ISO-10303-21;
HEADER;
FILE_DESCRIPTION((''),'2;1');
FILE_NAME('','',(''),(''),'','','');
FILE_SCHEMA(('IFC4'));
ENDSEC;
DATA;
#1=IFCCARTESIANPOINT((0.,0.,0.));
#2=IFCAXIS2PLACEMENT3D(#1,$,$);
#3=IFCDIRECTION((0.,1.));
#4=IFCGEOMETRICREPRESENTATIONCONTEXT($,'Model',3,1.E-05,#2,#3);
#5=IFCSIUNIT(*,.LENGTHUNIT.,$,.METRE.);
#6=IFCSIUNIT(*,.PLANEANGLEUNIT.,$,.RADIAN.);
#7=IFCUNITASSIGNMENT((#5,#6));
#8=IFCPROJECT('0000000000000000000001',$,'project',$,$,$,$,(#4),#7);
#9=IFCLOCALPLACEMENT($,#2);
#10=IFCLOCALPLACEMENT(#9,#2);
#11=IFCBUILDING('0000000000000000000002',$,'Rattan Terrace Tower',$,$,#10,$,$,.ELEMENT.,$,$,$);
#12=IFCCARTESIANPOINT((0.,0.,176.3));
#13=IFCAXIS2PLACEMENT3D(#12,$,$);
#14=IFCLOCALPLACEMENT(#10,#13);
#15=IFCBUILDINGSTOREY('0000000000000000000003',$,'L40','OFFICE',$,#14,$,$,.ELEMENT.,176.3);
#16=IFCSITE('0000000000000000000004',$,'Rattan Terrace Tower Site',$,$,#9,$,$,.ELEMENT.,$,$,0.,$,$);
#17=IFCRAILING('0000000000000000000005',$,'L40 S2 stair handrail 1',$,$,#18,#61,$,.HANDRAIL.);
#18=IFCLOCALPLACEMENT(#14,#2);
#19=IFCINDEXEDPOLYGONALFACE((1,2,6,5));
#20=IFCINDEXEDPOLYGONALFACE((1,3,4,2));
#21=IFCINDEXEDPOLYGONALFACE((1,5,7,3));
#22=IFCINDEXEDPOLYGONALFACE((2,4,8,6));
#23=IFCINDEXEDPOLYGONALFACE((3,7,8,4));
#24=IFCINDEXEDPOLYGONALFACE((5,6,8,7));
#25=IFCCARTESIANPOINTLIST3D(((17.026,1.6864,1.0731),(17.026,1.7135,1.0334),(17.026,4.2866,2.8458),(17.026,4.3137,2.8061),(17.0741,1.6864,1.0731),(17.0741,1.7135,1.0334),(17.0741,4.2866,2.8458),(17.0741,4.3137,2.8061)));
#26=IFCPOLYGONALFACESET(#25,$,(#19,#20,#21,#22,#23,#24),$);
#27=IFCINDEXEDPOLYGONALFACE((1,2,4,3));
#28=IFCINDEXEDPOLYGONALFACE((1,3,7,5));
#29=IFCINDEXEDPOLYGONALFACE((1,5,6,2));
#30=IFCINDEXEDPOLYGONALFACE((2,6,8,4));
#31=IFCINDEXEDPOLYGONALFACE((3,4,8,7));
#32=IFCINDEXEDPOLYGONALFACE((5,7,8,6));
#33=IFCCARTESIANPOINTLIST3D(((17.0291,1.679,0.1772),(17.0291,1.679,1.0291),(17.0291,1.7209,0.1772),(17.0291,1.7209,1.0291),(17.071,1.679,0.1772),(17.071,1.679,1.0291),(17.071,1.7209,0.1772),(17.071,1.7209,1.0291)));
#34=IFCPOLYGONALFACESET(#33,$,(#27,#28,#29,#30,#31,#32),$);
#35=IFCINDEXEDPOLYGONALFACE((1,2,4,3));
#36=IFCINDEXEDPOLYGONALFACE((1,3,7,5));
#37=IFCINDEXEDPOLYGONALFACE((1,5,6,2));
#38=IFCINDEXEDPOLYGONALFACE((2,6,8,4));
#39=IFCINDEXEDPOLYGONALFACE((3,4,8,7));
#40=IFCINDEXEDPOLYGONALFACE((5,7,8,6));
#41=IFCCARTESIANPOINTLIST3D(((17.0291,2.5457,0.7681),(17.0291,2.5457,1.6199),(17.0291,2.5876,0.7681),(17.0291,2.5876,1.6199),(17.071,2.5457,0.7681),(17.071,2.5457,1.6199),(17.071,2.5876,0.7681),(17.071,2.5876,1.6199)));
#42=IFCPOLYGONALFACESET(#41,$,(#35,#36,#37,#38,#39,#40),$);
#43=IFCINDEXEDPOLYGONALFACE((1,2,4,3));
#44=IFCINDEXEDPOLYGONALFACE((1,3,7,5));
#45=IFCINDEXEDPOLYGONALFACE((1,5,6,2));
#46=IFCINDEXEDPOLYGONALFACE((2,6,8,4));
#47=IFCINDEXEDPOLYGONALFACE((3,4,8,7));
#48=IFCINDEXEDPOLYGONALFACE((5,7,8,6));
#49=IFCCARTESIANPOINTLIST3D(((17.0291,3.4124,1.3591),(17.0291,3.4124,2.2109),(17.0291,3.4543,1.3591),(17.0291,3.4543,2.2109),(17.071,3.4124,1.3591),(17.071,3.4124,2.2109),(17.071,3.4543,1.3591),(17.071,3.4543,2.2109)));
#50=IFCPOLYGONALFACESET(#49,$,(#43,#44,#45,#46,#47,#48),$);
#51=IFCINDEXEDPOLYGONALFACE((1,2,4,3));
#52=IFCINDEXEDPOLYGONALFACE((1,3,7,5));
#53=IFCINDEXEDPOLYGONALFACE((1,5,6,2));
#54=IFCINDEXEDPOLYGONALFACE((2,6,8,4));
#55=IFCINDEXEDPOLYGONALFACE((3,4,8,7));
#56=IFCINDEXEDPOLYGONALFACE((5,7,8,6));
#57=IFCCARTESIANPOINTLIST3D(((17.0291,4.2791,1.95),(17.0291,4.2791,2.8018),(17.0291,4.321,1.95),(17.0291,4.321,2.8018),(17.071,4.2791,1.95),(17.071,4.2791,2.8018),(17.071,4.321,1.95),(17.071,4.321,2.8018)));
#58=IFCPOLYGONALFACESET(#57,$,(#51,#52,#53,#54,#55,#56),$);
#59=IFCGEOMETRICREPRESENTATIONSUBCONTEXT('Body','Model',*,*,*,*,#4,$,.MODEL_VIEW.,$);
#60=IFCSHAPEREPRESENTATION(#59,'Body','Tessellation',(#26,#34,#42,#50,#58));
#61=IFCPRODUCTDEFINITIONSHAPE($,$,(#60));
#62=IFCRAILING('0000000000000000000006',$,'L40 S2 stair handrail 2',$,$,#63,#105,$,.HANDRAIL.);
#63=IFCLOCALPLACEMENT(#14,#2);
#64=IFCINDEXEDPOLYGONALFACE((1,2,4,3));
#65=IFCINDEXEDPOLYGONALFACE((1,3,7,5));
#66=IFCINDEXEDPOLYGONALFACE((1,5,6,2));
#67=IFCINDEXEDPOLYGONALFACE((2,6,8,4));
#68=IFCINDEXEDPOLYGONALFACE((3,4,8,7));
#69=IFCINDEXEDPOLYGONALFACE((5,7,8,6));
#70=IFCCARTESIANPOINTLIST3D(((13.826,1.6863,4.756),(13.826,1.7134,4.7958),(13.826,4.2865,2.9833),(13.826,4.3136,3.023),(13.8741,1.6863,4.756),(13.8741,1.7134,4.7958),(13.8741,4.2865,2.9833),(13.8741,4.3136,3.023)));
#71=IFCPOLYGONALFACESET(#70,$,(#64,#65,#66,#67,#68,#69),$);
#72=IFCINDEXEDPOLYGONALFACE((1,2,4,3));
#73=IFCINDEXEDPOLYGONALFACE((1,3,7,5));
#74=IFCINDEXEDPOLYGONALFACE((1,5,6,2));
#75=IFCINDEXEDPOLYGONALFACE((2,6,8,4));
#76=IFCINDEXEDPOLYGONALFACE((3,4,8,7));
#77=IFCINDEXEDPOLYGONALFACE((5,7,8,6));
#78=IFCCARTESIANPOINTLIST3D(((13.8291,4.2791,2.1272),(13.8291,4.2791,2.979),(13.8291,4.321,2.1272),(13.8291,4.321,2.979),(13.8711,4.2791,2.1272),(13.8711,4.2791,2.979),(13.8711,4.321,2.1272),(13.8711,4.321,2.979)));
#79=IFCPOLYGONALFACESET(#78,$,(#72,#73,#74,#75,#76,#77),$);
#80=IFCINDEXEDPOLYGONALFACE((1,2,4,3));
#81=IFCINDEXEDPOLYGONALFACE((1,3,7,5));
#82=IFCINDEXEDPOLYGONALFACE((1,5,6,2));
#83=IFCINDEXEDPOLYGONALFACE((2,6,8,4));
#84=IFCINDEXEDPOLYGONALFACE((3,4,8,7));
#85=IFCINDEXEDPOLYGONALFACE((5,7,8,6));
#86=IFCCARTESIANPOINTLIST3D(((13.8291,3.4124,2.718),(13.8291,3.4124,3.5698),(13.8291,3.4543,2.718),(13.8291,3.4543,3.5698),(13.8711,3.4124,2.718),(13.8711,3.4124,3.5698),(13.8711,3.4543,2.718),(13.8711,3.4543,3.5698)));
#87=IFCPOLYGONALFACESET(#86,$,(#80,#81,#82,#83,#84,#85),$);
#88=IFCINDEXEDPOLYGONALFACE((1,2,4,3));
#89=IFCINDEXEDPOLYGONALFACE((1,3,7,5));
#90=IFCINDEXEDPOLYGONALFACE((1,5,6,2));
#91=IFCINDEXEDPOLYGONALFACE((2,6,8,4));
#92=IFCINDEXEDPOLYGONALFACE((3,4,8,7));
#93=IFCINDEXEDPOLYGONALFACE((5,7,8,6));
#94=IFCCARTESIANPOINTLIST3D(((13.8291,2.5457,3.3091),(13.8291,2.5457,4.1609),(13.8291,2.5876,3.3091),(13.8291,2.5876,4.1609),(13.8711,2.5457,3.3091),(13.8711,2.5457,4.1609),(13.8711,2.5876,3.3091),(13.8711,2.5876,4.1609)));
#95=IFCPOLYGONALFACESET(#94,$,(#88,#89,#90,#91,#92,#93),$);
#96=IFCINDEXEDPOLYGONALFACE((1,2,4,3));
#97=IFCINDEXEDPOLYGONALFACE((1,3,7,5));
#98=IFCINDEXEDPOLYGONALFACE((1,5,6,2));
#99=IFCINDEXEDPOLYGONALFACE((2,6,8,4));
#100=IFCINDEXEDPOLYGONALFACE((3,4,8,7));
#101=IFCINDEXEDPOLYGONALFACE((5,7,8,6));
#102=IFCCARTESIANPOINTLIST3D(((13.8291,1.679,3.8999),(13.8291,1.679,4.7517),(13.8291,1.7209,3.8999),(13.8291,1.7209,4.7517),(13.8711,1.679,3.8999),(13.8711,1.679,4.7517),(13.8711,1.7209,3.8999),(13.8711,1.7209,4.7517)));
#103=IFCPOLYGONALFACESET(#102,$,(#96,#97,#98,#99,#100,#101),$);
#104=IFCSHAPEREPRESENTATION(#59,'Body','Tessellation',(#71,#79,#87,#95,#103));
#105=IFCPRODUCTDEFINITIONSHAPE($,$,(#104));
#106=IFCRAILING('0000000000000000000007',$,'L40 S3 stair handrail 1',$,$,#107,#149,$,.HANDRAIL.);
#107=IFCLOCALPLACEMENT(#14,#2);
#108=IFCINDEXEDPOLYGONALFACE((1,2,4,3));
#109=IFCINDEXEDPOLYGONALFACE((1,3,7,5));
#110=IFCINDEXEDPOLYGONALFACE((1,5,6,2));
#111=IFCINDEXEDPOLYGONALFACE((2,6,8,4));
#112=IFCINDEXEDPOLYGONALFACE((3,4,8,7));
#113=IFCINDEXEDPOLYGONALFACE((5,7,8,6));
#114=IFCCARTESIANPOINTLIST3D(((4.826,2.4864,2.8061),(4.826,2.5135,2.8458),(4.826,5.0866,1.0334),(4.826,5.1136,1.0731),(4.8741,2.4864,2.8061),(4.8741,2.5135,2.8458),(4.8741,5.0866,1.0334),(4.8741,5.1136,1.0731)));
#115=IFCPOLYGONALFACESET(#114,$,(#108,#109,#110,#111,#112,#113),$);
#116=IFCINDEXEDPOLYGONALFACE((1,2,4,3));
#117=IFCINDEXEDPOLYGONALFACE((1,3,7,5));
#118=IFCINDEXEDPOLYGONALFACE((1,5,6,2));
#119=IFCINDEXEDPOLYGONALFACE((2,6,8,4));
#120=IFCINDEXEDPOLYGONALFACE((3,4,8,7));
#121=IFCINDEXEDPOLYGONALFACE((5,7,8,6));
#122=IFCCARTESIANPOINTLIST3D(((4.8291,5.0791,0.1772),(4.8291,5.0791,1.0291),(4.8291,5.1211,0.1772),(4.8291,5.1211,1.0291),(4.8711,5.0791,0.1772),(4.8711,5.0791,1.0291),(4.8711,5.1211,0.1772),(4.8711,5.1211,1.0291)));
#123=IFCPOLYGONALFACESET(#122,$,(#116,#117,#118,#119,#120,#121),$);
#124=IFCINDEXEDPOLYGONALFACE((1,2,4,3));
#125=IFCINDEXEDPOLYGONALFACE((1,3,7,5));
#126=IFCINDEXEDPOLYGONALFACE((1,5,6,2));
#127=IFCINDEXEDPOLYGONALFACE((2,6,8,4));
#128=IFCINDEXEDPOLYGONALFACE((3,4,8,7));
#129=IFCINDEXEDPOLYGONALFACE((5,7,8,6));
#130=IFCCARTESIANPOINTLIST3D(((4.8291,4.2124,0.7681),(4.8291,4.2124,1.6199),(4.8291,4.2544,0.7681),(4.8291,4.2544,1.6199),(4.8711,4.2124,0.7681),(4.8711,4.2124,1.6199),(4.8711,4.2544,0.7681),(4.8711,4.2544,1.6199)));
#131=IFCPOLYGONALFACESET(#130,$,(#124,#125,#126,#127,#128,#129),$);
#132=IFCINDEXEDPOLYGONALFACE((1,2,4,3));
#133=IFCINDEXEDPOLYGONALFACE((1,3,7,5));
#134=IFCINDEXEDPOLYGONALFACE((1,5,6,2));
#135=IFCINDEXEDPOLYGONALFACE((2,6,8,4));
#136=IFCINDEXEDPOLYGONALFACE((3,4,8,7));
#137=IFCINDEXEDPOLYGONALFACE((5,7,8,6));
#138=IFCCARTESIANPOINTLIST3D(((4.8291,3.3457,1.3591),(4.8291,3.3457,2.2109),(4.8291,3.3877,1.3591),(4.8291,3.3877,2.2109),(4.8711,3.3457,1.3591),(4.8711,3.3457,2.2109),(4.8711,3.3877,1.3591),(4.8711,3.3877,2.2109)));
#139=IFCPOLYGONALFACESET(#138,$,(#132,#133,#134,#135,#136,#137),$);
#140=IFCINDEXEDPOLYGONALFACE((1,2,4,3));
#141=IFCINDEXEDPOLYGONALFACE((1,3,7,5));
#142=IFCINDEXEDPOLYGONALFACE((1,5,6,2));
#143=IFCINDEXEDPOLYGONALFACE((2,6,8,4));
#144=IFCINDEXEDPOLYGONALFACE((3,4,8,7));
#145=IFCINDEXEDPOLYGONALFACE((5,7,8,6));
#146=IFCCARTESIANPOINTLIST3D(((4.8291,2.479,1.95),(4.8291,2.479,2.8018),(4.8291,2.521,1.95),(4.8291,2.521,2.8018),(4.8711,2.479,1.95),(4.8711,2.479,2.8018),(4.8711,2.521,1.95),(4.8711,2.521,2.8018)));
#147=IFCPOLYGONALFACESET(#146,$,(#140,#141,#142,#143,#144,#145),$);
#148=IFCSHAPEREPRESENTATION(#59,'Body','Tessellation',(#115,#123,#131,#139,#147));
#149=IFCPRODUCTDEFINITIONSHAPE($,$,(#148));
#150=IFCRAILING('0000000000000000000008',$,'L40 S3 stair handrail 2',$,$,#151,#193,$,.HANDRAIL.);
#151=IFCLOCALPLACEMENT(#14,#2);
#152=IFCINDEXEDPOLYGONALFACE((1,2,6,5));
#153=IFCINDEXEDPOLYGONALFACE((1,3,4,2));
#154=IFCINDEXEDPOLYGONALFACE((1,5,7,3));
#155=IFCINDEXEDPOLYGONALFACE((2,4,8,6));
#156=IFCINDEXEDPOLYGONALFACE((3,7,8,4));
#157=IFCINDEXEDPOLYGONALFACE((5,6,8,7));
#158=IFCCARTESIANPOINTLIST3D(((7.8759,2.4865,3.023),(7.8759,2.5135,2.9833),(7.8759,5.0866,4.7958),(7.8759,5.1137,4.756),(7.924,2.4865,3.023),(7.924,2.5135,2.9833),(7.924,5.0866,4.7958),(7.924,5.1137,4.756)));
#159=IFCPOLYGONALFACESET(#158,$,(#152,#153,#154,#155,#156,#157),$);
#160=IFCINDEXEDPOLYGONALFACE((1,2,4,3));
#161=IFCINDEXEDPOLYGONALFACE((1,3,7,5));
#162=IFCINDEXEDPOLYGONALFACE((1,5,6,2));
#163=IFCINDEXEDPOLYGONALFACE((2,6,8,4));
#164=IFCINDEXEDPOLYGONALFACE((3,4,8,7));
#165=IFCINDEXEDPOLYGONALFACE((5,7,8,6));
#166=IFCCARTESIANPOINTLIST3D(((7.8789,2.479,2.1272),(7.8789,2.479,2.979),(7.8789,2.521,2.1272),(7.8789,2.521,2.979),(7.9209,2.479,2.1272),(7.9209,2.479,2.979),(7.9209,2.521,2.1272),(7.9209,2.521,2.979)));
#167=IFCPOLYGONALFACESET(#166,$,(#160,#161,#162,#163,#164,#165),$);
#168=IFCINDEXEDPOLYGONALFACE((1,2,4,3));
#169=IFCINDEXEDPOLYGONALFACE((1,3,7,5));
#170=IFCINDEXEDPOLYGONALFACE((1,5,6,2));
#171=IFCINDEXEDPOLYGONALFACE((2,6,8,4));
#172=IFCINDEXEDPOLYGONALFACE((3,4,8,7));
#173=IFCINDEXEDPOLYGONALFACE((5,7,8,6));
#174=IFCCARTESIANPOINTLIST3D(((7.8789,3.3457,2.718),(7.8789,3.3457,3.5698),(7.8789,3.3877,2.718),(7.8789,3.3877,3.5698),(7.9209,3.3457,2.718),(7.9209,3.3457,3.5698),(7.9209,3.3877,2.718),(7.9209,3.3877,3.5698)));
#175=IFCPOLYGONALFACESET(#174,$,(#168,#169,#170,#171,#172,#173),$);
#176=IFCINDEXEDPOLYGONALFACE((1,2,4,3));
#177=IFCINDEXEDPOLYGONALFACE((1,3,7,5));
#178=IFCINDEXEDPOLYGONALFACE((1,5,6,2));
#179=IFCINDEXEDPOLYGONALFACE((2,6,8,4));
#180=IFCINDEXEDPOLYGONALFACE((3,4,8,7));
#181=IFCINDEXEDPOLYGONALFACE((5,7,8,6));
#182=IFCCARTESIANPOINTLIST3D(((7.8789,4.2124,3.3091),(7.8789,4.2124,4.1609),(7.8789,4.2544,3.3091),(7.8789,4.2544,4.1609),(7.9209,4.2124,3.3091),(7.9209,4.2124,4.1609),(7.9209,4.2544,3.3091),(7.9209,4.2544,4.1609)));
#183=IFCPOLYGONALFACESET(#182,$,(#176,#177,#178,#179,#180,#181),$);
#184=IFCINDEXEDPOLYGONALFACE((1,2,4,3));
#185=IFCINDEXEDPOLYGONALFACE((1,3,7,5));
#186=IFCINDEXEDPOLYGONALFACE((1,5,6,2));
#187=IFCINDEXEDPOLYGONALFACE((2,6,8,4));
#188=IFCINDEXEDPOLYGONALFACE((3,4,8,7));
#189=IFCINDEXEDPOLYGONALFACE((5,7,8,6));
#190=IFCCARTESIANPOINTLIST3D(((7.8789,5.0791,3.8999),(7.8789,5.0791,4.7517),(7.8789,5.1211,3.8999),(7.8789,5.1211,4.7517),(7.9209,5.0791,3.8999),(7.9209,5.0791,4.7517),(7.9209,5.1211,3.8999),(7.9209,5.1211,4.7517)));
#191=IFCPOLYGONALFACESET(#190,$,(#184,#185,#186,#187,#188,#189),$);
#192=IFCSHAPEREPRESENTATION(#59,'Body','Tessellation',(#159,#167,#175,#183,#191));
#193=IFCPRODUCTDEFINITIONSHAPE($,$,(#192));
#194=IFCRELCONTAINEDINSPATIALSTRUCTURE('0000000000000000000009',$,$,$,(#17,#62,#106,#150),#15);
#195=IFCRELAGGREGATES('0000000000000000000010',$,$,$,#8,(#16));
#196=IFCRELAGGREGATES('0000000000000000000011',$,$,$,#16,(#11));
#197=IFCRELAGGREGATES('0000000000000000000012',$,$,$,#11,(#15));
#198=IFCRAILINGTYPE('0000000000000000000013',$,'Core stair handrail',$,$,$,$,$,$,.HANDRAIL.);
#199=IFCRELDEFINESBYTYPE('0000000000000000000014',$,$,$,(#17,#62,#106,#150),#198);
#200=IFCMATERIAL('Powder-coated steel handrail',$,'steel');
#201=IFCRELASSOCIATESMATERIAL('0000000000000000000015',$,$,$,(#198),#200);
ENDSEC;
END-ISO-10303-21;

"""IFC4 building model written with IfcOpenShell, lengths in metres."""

from ifc_helpers import new_model, si_unit, direction, frame, origin, origin_2d, place, context, subcontext, project, spatial, rectangle, extrude, material, type_object, element, save


model = new_model("IFC4")

# Units and contexts
model_context = context("Model", 3, precision=1e-05, world=origin(), true_north=direction((0.0, 1.0)))
body_context = subcontext(model_context, "Body", "Model", "MODEL_VIEW")
ifc_project = project(units=[si_unit("LENGTHUNIT", "METRE"), si_unit("PLANEANGLEUNIT", "RADIAN")], contexts=[model_context])

# Site, building, storey
site_placement = place(None, origin())
site = spatial("IfcSite", under=ifc_project, at=site_placement, Name="Rattan Terrace Tower Site", CompositionType="ELEMENT", RefElevation=0.0)
building_placement = place(site_placement, origin())
building = spatial("IfcBuilding", under=site, at=building_placement, Name="Rattan Terrace Tower", CompositionType="ELEMENT")
storey_placement = place(building_placement, frame((0.0, 0.0, 176.3)))
storey = spatial("IfcBuildingStorey", under=building, at=storey_placement, Name="L40", Description="OFFICE", CompositionType="ELEMENT", Elevation=176.3)

# Railings
ifc_material_1 = material(Name="Powder-coated steel handrail", Category="steel")
railing_type_1 = type_object("IfcRailingType", Name="Core stair handrail", PredefinedType="HANDRAIL", material=ifc_material_1)
railing_1_placement = place(storey_placement, frame((17.05, 1.7, 0.1772)))
element("IfcRailing", 1, at=railing_1_placement, inside=storey, type_object=railing_type_1, Name="L40 S2 stair handrail 1", PredefinedType="HANDRAIL", context=body_context, shape_type="SweptSolid", body=[
    extrude(rectangle(XDim=0.0481, YDim=0.0481, at=origin_2d()), frame((0.0, 0.0, 0.876), z_axis=(0.0, 0.82624, 0.563318), x_axis=(-1.0, 0.0, 0.0)), (0.0, 0.0, 1.0), 3.147),
    extrude(rectangle(XDim=0.042, YDim=0.042, at=origin_2d()), origin(), (0.0, 0.0, 1.0), 0.8518),
    extrude(rectangle(XDim=0.042, YDim=0.042, at=origin_2d()), frame((0.0, 0.8667, 0.5908)), (0.0, 0.0, 1.0), 0.8518),
    extrude(rectangle(XDim=0.042, YDim=0.042, at=origin_2d()), frame((0.0, 1.7334, 1.1819)), (0.0, 0.0, 1.0), 0.8518),
    extrude(rectangle(XDim=0.042, YDim=0.042, at=origin_2d()), frame((0.0, 2.6001, 1.7727)), (0.0, 0.0, 1.0), 0.8518),
])
for number, where, name in (
    (2, (13.8501, 4.3, 2.1272), "L40 S2 stair handrail 2"),
    (3, (4.8501, 5.1001, 0.1772), "L40 S3 stair handrail 1"),
):
    element("IfcRailing", number, at=place(storey_placement, frame(where)), inside=storey, type_object=railing_type_1, Name=name, PredefinedType="HANDRAIL", context=body_context, shape_type="SweptSolid", body=[
        extrude(rectangle(XDim=0.0481, YDim=0.0481, at=origin_2d()), frame((0.0, 0.0, 0.876), z_axis=(0.0, -0.82624, 0.563318), x_axis=(1.0, 0.0, 0.0)), (0.0, 0.0, 1.0), 3.147),
        extrude(rectangle(XDim=0.042, YDim=0.042, at=origin_2d()), origin(), (0.0, 0.0, 1.0), 0.8518),
        extrude(rectangle(XDim=0.042, YDim=0.042, at=origin_2d()), frame((0.0, -0.8667, 0.5908)), (0.0, 0.0, 1.0), 0.8518),
        extrude(rectangle(XDim=0.042, YDim=0.042, at=origin_2d()), frame((0.0, -1.7334, 1.1819)), (0.0, 0.0, 1.0), 0.8518),
        extrude(rectangle(XDim=0.042, YDim=0.042, at=origin_2d()), frame((0.0, -2.6001, 1.7727)), (0.0, 0.0, 1.0), 0.8518),
    ])
railing_2_placement = place(storey_placement, frame((7.8999, 2.5, 2.1272)))
element("IfcRailing", 4, at=railing_2_placement, inside=storey, type_object=railing_type_1, Name="L40 S3 stair handrail 2", PredefinedType="HANDRAIL", context=body_context, shape_type="SweptSolid", body=[
    extrude(rectangle(XDim=0.0481, YDim=0.0481, at=origin_2d()), frame((0.0, 0.0, 0.876), z_axis=(0.0, 0.82624, 0.563318), x_axis=(-1.0, 0.0, 0.0)), (0.0, 0.0, 1.0), 3.147),
    extrude(rectangle(XDim=0.042, YDim=0.042, at=origin_2d()), origin(), (0.0, 0.0, 1.0), 0.8518),
    extrude(rectangle(XDim=0.042, YDim=0.042, at=origin_2d()), frame((0.0, 0.8667, 0.5908)), (0.0, 0.0, 1.0), 0.8518),
    extrude(rectangle(XDim=0.042, YDim=0.042, at=origin_2d()), frame((0.0, 1.7334, 1.1819)), (0.0, 0.0, 1.0), 0.8518),
    extrude(rectangle(XDim=0.042, YDim=0.042, at=origin_2d()), frame((0.0, 2.6001, 1.7727)), (0.0, 0.0, 1.0), 0.8518),
])

save(model, "model.ifc")
